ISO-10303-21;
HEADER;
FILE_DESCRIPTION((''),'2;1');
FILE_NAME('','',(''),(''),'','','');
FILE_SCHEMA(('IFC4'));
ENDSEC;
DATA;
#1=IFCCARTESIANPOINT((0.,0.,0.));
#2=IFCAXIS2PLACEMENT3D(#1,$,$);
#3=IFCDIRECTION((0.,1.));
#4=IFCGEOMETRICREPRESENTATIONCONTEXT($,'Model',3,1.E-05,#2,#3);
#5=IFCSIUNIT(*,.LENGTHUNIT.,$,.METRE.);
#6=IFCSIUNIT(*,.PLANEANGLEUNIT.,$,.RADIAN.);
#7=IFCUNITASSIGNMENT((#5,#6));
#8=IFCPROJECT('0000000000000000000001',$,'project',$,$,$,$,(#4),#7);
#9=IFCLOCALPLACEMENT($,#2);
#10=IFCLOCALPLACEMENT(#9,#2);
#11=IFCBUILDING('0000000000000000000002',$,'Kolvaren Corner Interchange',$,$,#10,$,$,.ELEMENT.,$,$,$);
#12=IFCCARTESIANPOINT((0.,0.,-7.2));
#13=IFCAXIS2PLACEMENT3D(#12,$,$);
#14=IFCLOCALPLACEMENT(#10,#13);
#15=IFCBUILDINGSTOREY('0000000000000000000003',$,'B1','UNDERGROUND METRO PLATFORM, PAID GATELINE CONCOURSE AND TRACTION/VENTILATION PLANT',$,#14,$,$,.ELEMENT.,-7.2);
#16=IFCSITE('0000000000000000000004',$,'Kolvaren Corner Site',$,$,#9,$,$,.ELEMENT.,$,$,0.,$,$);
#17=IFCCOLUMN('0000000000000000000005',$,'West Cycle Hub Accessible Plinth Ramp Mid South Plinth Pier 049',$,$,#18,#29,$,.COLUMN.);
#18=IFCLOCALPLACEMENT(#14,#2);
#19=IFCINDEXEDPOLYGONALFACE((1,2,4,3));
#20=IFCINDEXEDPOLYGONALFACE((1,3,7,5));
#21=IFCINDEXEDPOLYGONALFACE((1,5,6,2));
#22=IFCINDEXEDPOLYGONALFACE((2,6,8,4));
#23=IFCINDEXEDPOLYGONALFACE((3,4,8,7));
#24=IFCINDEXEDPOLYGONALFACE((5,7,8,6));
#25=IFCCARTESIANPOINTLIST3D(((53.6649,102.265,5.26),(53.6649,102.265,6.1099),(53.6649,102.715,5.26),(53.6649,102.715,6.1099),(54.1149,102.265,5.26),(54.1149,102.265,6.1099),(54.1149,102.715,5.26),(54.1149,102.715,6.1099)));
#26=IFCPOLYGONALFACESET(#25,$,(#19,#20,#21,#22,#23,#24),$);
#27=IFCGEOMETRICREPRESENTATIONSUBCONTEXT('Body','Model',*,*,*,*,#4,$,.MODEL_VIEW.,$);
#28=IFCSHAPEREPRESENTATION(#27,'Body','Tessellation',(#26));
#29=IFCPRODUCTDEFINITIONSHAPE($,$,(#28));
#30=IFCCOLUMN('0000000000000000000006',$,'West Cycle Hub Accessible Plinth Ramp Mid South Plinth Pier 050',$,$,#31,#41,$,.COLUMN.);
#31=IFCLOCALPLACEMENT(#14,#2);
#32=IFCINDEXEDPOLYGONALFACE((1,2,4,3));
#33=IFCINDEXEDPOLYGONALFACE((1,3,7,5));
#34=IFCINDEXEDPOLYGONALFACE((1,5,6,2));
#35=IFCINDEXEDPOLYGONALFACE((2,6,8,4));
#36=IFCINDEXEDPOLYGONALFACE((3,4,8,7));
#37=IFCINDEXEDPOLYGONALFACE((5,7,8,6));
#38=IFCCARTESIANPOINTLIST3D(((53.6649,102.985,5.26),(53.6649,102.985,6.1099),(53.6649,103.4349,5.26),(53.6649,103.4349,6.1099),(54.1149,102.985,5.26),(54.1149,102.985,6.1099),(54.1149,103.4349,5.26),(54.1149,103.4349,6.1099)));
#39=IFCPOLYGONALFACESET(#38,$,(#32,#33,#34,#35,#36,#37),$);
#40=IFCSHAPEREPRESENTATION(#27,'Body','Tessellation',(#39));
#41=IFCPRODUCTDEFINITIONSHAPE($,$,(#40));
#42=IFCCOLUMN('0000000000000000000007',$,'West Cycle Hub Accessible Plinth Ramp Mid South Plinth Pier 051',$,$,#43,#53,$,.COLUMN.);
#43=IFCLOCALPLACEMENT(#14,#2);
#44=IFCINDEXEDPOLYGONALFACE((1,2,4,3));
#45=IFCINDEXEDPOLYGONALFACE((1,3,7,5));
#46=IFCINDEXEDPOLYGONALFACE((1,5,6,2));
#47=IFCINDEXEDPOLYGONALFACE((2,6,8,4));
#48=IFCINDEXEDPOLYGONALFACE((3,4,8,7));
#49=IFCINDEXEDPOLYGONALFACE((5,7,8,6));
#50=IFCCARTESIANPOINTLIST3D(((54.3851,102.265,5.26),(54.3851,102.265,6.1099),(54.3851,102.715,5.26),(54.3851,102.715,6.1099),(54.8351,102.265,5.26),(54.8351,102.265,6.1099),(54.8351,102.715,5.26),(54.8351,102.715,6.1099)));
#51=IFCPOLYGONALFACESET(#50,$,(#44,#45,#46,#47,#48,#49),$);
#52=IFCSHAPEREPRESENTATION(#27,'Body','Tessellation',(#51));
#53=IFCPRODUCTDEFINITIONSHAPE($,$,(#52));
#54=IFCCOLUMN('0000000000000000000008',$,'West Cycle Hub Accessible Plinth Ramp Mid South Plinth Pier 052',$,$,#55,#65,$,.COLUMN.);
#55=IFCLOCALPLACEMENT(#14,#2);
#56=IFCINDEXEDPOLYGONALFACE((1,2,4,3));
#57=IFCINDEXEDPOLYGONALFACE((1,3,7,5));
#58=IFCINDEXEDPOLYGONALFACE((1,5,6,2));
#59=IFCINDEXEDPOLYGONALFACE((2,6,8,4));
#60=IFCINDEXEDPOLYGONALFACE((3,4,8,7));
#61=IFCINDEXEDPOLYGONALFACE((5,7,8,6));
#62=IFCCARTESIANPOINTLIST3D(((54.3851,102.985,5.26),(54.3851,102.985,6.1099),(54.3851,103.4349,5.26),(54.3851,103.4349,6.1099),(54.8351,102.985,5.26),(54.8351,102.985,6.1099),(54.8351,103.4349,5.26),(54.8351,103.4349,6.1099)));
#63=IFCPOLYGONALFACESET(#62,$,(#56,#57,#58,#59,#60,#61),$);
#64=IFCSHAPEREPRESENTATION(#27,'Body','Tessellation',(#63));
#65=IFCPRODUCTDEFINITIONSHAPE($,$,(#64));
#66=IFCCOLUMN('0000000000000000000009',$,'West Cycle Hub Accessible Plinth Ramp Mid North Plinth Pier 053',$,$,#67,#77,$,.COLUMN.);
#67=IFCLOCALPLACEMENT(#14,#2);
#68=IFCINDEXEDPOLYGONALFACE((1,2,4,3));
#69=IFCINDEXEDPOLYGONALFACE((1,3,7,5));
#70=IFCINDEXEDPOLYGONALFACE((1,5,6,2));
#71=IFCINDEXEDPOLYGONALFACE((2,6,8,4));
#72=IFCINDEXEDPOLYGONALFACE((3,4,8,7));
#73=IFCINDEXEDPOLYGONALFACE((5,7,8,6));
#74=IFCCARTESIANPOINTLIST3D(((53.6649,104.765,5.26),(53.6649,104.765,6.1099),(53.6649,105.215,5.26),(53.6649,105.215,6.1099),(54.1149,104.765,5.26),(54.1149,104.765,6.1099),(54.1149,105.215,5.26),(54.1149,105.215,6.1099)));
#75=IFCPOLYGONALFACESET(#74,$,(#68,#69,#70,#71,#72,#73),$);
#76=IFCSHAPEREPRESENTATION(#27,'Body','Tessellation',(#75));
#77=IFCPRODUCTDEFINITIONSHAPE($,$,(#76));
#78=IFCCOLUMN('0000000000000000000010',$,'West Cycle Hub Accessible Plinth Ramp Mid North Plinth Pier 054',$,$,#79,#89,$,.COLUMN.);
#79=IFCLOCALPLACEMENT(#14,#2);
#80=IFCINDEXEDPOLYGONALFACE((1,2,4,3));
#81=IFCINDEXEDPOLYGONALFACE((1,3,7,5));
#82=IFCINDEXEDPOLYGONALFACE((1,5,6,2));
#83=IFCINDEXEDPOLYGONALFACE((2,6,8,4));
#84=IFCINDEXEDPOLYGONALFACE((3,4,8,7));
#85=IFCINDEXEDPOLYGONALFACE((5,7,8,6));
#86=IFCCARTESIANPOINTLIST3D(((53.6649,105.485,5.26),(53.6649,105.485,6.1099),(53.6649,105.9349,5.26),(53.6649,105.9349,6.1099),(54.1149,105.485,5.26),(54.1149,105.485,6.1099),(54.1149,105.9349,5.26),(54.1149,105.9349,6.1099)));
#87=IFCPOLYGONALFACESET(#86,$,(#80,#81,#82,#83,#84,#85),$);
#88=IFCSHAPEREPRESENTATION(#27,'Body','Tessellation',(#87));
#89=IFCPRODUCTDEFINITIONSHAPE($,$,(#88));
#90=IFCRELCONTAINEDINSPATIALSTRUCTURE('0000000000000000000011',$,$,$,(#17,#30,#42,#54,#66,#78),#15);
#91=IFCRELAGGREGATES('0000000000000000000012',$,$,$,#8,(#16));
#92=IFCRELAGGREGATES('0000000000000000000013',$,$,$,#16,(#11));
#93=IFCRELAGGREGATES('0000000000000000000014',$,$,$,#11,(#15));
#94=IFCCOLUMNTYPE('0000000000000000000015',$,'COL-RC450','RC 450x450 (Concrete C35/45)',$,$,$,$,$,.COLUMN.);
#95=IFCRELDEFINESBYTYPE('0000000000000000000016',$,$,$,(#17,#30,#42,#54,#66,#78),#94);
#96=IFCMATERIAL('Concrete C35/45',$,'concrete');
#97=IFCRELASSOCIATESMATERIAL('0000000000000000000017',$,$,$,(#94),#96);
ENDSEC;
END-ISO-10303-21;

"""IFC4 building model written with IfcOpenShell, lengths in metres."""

from ifc_helpers import new_model, si_unit, direction, frame, origin, origin_2d, place, context, subcontext, project, spatial, rectangle, extrude, material, material_profile, profile_set, type_object, element, save


model = new_model("IFC4")

# Units and contexts
model_context = context("Model", 3, precision=1e-05, world=origin(), true_north=direction((0.0, 1.0)))
body_context = subcontext(model_context, "Body", "Model", "MODEL_VIEW")
ifc_project = project(units=[si_unit("LENGTHUNIT", "METRE"), si_unit("PLANEANGLEUNIT", "RADIAN")], contexts=[model_context])

# Site, building, storey
site_placement = place(None, origin())
site = spatial("IfcSite", under=ifc_project, at=site_placement, Name="Kolvaren Corner Site", CompositionType="ELEMENT", RefElevation=0.0)
building_placement = place(site_placement, origin())
building = spatial("IfcBuilding", under=site, at=building_placement, Name="Kolvaren Corner Interchange", CompositionType="ELEMENT")
storey_placement = place(building_placement, frame((0.0, 0.0, -7.2)))
storey = spatial("IfcBuildingStorey", under=building, at=storey_placement, Name="B1", Description="UNDERGROUND METRO PLATFORM, PAID GATELINE CONCOURSE AND TRACTION/VENTILATION PLANT", CompositionType="ELEMENT", Elevation=-7.2)

# Columns
ifc_material_1 = material(Name="Concrete C35/45", Category="concrete")
ifc_material_profile_1 = material_profile(ifc_material_1, rectangle(XDim=0.45, YDim=0.45, at=origin_2d()), Name="RC 450x450")
ifc_profile_set_1 = profile_set([ifc_material_profile_1], Name="Concrete C35/45")
column_type = type_object("IfcColumnType", Name="COL-RC450", Description="RC 450x450 (Concrete C35/45)", PredefinedType="COLUMN", material=ifc_profile_set_1)
for number, where, z_axis, x_axis, name in (
    (1, (53.8899, 102.49, 5.26), (0.0, 0.0, 1.0), (1.0, 0.0, 0.0), "West Cycle Hub Accessible Plinth Ramp Mid South Plinth Pier 049"),
    (2, (53.8899, 103.21, 5.26), (0.0, 0.0, 1.0), (1.0, 0.0, 0.0), "West Cycle Hub Accessible Plinth Ramp Mid South Plinth Pier 050"),
    (3, (54.6101, 102.49, 5.26), (0.0, 0.0, 1.0), (1.0, 0.0, 0.0), "West Cycle Hub Accessible Plinth Ramp Mid South Plinth Pier 051"),
    (4, (54.6101, 103.21, 5.26), (0.0, 0.0, 1.0), (1.0, 0.0, 0.0), "West Cycle Hub Accessible Plinth Ramp Mid South Plinth Pier 052"),
    (5, (53.8899, 104.99, 5.26), (0.0, 0.0, 1.0), (1.0, 0.0, 0.0), "West Cycle Hub Accessible Plinth Ramp Mid North Plinth Pier 053"),
    (6, (53.8899, 105.71, 5.26), (0.0, 0.0, 1.0), (1.0, 0.0, 0.0), "West Cycle Hub Accessible Plinth Ramp Mid North Plinth Pier 054"),
):
    element("IfcColumn", number, at=place(storey_placement, frame(where, z_axis=z_axis, x_axis=x_axis)), inside=storey, type_object=column_type, Name=name, PredefinedType="COLUMN", context=body_context, shape_type="SweptSolid", body=[
        extrude(rectangle(XDim=0.45, YDim=0.45, at=origin_2d()), origin(), (0.0, 0.0, 1.0), 0.8499),
    ])

save(model, "model.ifc")
